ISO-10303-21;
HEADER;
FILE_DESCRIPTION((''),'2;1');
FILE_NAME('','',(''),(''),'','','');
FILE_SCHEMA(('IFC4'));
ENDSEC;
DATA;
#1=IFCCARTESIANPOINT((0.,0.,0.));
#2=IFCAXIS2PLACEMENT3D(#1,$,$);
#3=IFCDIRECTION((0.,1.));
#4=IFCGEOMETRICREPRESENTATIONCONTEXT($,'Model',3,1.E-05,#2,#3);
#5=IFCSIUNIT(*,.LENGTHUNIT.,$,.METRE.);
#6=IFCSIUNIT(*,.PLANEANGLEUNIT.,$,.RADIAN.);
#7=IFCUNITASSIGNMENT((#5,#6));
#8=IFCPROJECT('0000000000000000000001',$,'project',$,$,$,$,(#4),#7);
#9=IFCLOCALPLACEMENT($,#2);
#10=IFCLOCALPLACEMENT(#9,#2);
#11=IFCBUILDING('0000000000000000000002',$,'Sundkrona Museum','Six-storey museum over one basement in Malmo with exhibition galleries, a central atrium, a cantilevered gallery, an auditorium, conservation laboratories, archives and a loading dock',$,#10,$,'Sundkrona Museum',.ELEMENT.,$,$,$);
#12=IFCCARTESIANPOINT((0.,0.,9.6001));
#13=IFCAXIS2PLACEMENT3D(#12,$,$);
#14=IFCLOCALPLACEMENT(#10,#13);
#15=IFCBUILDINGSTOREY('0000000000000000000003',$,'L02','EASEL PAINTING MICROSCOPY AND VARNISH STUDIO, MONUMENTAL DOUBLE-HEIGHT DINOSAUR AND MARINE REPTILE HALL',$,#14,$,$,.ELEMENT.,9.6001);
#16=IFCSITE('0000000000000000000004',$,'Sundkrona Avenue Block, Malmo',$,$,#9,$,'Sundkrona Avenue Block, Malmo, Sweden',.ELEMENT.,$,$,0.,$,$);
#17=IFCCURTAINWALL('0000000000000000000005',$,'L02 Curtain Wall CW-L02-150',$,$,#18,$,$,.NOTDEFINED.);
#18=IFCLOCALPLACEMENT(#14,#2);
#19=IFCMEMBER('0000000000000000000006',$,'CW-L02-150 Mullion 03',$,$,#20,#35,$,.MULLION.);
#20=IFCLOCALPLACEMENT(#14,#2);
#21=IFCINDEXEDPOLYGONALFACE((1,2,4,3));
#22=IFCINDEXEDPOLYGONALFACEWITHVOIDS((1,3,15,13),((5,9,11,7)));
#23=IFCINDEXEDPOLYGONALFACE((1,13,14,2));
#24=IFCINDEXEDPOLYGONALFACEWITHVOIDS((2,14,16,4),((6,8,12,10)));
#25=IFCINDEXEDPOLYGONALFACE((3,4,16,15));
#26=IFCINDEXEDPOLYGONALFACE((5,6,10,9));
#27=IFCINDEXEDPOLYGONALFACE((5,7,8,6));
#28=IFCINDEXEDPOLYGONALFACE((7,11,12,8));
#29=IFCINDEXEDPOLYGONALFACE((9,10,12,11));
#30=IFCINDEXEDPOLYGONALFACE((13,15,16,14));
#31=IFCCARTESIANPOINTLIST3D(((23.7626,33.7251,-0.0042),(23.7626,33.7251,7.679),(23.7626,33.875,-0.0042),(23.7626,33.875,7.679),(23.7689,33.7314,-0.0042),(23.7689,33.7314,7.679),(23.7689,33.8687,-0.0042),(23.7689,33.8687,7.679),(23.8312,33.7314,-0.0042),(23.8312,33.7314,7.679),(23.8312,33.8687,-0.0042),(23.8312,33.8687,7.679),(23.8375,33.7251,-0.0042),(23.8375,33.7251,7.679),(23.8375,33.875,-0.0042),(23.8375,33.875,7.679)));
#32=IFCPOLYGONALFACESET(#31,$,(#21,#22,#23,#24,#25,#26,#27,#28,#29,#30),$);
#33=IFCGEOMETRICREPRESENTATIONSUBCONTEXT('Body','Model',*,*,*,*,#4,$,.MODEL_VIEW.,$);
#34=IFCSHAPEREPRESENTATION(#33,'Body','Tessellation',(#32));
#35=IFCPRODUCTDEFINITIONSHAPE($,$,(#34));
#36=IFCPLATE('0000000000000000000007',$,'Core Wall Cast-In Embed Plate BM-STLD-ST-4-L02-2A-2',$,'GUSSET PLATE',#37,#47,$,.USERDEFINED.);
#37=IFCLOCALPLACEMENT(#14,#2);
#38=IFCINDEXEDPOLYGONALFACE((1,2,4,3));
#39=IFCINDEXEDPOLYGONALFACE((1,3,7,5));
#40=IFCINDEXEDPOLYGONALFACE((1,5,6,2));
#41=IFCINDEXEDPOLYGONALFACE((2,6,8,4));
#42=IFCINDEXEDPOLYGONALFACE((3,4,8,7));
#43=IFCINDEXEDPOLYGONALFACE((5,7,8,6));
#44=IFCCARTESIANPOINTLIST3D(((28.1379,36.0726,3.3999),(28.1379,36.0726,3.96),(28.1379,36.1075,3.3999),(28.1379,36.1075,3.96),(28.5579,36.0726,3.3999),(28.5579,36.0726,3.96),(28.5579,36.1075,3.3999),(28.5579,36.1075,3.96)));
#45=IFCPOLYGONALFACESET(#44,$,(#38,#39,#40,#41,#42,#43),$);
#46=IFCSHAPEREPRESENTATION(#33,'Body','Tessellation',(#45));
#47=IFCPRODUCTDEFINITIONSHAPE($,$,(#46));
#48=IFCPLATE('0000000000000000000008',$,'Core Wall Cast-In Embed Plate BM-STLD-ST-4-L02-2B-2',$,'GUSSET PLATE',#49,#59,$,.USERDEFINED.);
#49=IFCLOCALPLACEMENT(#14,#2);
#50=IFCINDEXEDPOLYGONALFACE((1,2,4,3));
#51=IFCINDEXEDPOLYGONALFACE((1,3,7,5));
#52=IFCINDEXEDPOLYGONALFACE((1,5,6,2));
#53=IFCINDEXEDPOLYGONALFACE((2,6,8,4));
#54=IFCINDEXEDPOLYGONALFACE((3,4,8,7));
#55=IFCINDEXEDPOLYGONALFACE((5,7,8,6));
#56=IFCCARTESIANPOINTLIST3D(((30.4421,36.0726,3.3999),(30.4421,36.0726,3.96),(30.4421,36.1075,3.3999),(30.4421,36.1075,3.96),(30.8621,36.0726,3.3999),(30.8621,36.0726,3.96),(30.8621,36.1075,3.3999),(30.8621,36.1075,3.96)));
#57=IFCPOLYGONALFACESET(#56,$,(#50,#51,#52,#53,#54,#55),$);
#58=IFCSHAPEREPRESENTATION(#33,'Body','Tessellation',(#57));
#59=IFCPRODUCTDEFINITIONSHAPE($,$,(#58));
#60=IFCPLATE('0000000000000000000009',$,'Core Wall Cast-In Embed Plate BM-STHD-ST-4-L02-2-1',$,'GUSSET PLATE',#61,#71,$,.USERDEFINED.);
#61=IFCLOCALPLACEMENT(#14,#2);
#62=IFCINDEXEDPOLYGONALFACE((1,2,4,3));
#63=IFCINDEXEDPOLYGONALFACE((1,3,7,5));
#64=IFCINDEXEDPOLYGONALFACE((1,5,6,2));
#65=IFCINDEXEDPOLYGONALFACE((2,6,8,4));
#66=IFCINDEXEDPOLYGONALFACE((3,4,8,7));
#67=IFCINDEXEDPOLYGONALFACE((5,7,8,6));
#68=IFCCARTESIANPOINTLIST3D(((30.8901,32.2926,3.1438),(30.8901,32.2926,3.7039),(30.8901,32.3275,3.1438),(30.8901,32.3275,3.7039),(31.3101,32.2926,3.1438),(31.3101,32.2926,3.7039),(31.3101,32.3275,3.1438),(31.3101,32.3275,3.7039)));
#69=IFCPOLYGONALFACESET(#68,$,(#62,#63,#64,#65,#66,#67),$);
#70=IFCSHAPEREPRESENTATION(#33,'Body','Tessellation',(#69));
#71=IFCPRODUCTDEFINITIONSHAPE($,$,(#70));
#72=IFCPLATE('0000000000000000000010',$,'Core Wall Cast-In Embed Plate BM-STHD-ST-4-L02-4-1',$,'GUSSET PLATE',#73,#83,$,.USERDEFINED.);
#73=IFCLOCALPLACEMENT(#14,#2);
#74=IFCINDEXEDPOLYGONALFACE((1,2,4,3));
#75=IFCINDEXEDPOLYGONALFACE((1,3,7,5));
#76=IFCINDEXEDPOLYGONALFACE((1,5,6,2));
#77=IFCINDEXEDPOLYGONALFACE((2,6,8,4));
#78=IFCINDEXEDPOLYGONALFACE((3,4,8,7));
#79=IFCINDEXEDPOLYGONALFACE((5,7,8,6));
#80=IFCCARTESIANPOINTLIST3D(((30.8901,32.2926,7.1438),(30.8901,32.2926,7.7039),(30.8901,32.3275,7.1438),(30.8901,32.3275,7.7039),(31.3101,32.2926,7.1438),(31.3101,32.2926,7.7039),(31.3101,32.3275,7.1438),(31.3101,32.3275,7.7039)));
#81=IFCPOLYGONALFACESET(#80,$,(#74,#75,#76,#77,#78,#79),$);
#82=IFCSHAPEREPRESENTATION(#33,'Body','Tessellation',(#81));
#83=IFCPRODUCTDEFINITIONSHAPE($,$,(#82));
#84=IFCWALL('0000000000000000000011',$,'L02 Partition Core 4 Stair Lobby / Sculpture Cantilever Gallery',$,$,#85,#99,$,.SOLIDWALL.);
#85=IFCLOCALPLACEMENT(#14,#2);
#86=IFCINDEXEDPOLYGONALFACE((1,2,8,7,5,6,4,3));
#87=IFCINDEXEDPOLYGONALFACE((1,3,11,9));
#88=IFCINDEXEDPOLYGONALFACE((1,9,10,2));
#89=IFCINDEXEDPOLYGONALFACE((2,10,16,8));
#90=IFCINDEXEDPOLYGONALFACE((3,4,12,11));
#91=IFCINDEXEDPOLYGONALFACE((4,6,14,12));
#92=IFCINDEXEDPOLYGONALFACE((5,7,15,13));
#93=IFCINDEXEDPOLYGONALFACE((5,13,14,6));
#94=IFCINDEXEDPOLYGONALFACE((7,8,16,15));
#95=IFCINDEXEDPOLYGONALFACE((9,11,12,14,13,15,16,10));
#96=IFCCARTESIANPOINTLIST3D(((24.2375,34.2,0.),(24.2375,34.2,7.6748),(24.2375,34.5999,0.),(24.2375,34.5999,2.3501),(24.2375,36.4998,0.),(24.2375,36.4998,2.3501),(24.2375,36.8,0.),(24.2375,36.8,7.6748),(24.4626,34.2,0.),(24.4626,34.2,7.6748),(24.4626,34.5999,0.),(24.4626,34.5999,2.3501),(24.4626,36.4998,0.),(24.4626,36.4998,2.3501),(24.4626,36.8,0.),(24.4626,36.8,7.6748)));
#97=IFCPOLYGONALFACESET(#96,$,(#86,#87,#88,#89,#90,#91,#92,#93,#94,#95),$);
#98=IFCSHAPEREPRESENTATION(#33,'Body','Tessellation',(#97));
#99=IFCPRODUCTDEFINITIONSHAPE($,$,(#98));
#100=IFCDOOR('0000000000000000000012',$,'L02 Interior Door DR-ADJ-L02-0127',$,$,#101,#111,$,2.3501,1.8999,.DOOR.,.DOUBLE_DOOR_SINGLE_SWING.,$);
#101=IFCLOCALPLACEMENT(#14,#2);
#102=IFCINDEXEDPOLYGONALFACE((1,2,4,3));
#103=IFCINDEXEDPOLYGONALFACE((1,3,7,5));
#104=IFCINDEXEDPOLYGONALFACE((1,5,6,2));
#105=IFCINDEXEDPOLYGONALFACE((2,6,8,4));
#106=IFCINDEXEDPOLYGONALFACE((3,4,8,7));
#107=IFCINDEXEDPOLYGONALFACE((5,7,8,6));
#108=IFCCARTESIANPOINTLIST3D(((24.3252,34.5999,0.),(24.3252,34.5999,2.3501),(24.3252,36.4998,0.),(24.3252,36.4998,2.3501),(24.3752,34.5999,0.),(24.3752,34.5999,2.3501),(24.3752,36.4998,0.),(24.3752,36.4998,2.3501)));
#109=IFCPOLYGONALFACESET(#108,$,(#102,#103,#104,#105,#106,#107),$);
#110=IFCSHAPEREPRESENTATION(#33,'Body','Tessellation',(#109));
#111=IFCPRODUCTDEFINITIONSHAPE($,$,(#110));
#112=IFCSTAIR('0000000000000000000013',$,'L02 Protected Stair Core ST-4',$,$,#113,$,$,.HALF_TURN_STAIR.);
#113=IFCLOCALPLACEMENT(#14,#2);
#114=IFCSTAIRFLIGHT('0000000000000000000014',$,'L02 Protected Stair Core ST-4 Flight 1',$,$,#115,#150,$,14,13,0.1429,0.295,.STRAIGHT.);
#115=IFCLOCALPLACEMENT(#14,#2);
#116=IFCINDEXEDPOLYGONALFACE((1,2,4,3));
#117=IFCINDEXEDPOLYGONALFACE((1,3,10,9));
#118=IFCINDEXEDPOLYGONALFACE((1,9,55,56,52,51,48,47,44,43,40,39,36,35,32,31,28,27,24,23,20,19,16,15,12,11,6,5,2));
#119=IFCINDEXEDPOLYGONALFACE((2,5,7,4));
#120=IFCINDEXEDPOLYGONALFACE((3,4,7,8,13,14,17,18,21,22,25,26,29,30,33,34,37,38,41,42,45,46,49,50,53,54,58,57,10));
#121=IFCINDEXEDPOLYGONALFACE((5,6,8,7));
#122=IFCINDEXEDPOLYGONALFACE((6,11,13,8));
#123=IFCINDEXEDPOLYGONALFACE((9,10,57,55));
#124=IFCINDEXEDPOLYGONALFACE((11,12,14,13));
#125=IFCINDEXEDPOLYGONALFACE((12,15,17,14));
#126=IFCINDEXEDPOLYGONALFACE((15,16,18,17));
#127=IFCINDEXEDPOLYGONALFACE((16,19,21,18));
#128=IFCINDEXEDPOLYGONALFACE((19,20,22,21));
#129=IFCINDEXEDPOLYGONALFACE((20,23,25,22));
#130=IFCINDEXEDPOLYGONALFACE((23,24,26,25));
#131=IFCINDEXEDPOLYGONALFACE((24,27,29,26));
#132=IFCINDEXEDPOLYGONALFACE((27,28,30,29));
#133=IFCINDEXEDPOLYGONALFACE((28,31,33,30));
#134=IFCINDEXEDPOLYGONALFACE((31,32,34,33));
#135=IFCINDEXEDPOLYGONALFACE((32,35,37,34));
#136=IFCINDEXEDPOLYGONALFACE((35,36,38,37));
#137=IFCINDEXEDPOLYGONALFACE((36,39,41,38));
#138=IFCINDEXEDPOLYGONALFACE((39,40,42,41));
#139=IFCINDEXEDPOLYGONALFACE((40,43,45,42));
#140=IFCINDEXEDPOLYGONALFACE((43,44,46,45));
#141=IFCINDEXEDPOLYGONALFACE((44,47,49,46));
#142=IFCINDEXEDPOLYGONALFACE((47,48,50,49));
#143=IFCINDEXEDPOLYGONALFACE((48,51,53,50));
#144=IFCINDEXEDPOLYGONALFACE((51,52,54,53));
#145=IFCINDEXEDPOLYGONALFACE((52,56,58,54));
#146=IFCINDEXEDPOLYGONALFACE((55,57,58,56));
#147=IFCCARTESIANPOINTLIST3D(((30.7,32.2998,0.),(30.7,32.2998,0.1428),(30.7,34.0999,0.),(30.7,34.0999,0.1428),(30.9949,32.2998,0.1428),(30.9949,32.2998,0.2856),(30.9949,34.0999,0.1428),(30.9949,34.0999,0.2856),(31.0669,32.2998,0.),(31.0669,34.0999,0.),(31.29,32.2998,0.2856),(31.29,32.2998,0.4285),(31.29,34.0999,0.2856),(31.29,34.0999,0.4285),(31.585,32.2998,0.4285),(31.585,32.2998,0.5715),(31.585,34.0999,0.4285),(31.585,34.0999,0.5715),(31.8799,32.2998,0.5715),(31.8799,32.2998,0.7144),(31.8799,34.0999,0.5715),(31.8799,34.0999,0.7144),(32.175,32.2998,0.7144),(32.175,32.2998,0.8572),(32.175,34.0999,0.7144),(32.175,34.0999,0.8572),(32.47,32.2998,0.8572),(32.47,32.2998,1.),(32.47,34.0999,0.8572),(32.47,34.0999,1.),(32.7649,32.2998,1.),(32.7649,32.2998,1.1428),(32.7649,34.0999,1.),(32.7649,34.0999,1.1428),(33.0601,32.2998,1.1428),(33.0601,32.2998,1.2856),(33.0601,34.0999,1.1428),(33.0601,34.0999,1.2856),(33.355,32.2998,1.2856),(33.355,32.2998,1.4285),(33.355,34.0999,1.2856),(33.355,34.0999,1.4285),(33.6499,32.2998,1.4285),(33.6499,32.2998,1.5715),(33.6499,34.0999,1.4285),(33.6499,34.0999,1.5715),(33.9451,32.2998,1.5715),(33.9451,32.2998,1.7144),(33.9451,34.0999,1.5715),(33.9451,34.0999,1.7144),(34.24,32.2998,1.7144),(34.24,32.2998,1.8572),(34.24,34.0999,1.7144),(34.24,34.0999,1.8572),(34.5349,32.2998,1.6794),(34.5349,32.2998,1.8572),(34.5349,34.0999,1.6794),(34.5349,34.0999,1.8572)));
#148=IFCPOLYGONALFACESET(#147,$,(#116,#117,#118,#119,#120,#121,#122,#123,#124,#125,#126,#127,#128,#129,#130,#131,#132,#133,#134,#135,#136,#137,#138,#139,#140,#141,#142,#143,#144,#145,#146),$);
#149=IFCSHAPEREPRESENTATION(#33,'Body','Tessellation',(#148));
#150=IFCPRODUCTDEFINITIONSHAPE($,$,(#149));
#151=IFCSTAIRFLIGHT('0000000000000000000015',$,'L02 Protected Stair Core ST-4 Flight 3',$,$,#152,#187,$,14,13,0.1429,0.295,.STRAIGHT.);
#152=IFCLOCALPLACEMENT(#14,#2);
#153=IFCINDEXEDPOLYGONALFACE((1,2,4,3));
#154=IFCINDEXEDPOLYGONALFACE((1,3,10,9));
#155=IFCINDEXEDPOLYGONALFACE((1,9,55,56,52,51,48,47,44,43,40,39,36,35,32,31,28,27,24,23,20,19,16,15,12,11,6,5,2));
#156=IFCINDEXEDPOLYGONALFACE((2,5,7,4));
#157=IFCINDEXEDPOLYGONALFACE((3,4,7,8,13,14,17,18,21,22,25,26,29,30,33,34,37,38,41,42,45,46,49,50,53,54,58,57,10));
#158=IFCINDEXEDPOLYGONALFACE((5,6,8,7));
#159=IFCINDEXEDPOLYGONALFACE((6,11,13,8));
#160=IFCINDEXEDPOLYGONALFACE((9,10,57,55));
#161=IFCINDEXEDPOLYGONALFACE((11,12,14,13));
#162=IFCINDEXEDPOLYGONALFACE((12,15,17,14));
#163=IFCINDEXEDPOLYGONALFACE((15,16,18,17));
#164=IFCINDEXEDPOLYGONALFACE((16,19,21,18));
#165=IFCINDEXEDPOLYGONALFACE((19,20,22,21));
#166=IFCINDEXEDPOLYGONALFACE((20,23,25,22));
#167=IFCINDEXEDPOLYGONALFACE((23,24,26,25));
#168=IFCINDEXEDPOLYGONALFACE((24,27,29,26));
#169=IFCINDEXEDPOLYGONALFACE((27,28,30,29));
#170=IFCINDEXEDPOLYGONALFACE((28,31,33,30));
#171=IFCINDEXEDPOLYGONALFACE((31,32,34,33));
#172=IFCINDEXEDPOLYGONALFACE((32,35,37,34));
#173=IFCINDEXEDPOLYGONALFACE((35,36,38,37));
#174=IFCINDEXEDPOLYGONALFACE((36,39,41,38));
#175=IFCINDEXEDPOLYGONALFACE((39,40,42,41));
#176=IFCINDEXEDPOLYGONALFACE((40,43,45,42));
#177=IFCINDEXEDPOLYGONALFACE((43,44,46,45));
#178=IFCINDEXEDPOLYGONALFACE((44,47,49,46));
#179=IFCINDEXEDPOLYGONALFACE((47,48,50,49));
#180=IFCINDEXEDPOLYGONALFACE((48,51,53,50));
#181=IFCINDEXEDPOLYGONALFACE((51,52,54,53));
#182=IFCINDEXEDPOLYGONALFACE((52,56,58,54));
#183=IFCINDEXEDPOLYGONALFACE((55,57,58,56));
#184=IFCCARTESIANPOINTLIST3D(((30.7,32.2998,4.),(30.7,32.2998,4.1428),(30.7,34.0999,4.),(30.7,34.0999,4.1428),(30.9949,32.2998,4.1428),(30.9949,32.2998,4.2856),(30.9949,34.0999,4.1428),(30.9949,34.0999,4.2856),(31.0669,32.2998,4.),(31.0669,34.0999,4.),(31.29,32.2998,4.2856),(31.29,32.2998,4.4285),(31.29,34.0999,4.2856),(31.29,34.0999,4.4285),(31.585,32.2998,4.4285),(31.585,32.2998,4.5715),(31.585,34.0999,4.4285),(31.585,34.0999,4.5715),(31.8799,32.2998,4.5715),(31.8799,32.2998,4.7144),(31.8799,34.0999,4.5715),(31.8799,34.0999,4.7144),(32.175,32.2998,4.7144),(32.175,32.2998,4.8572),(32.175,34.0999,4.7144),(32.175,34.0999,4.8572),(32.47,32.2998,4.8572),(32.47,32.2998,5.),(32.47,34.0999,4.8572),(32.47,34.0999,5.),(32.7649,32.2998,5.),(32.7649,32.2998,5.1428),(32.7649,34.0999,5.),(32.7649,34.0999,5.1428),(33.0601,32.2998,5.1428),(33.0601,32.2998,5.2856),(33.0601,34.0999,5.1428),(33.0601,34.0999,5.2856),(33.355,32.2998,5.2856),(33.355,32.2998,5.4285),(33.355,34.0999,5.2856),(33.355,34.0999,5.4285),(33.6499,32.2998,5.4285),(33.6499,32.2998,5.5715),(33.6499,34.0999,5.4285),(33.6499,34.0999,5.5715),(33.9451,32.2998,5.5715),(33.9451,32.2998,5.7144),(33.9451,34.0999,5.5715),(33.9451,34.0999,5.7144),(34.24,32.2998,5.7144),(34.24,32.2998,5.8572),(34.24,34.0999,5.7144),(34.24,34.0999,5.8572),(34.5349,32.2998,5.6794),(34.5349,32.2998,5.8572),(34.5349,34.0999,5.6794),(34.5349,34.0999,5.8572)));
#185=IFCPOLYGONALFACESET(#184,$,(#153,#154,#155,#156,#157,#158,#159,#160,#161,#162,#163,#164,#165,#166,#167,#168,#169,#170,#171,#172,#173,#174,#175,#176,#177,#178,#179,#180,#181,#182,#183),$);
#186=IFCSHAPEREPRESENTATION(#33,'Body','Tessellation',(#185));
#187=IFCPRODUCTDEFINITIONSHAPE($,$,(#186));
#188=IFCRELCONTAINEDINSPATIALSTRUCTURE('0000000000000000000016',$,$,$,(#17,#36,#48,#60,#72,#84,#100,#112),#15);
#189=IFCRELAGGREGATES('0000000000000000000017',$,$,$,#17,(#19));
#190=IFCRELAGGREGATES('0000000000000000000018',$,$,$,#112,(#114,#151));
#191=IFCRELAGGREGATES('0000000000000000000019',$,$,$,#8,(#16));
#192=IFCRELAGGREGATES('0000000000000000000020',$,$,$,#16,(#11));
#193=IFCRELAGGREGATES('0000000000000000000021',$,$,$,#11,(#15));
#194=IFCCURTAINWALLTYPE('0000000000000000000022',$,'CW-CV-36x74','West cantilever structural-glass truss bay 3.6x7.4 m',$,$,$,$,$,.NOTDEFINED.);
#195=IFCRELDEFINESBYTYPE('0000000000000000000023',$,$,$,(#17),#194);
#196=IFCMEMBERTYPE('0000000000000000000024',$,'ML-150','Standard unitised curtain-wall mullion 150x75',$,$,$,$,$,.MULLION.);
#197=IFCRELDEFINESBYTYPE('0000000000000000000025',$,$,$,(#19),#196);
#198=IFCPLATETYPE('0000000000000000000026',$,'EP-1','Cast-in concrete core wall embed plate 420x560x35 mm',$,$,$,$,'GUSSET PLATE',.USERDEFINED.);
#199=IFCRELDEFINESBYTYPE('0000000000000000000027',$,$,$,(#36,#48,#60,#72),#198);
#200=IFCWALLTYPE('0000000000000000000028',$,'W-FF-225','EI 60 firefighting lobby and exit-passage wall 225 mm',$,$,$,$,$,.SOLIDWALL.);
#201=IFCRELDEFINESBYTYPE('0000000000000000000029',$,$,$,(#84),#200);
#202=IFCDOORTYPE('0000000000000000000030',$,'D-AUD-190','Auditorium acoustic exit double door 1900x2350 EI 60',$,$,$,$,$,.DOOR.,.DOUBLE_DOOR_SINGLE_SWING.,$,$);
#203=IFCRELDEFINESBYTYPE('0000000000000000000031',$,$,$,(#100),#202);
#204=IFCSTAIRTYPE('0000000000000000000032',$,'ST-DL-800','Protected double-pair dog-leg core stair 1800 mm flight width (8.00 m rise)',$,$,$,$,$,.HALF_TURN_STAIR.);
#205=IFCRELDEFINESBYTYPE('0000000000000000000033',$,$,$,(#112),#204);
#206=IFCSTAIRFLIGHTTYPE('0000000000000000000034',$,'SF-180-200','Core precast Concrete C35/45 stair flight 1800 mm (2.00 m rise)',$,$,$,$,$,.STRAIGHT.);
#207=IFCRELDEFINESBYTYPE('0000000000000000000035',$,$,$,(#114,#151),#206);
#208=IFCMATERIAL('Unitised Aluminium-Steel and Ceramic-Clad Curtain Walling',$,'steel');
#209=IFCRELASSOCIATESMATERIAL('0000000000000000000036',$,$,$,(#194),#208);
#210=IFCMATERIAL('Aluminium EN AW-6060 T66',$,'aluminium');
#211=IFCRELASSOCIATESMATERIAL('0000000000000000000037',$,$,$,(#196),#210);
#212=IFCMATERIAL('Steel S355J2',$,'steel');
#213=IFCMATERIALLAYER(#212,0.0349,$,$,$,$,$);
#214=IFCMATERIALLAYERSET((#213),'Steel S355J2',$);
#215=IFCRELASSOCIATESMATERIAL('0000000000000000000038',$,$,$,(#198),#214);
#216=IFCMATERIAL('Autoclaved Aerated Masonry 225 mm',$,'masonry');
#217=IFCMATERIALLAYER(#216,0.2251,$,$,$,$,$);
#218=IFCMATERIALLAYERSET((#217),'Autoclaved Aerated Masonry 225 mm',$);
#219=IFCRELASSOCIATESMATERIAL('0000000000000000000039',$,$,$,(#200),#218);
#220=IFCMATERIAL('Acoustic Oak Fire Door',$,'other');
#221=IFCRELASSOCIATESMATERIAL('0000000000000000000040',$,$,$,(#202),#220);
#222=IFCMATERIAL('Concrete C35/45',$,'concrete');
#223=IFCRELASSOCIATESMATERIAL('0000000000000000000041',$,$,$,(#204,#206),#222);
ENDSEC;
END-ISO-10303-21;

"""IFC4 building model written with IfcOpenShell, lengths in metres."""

from ifc_helpers import new_model, si_unit, direction, frame, frame_2d, origin, origin_2d, place, context, subcontext, project, spatial, polyline, rectangle, hollow_rectangle, outline, extrude, material, layer, layer_set, material_profile, profile_set, type_object, element, fill, aggregate, save


model = new_model("IFC4")

# Units and contexts
model_context = context("Model", 3, precision=1e-05, world=origin(), true_north=direction((0.0, 1.0)))
body_context = subcontext(model_context, "Body", "Model", "MODEL_VIEW")
ifc_project = project(units=[si_unit("LENGTHUNIT", "METRE"), si_unit("PLANEANGLEUNIT", "RADIAN")], contexts=[model_context])

# Site, building, storey
site_placement = place(None, origin())
site = spatial("IfcSite", under=ifc_project, at=site_placement, Name="Sundkrona Avenue Block, Malmo", LongName="Sundkrona Avenue Block, Malmo, Sweden", CompositionType="ELEMENT", RefElevation=0.0)
building_placement = place(site_placement, origin())
building = spatial("IfcBuilding", under=site, at=building_placement, Name="Sundkrona Museum", Description="Six-storey museum over one basement in Malmo with exhibition galleries, a central atrium, a cantilevered gallery, an auditorium, conservation laboratories, archives and a loading dock", LongName="Sundkrona Museum", CompositionType="ELEMENT")
storey_placement = place(building_placement, frame((0.0, 0.0, 9.6001)))
storey = spatial("IfcBuildingStorey", under=building, at=storey_placement, Name="L02", Description="EASEL PAINTING MICROSCOPY AND VARNISH STUDIO, MONUMENTAL DOUBLE-HEIGHT DINOSAUR AND MARINE REPTILE HALL", CompositionType="ELEMENT", Elevation=9.6001)

# Shared definitions
ifc_material_1 = material(Name="Steel S355J2", Category="steel")

# Curtain wall, member
ifc_material_2 = material(Name="Unitised Aluminium-Steel and Ceramic-Clad Curtain Walling", Category="steel")
curtain_wall_type = type_object("IfcCurtainWallType", Name="CW-CV-36x74", Description="West cantilever structural-glass truss bay 3.6x7.4 m", PredefinedType="NOTDEFINED", material=ifc_material_2)
curtain_wall_placement = place(storey_placement, origin())
curtain_wall = element("IfcCurtainWall", 1, at=curtain_wall_placement, inside=storey, type_object=curtain_wall_type, Name="L02 Curtain Wall CW-L02-150", PredefinedType="NOTDEFINED")
ifc_material_3 = material(Name="Aluminium EN AW-6060 T66", Category="aluminium")
ifc_material_profile_1 = material_profile(ifc_material_3, hollow_rectangle(XDim=0.075, YDim=0.1499, WallThickness=0.0063, at=origin_2d()), Name="RHS 150x75x6.3")
ifc_profile_set_1 = profile_set([ifc_material_profile_1], Name="Aluminium EN AW-6060 T66")
member_type_1 = type_object("IfcMemberType", Name="ML-150", Description="Standard unitised curtain-wall mullion 150x75", PredefinedType="MULLION", material=ifc_profile_set_1)
member_1_placement = place(storey_placement, frame((23.8, 33.8, -0.0042), z_axis=(0.0, 0.0, 1.0), x_axis=(1.0, 0.0, 0.0)))
member_1 = element("IfcMember", 2, at=member_1_placement, type_object=member_type_1, Name="CW-L02-150 Mullion 03", PredefinedType="MULLION", context=body_context, shape_type="SweptSolid", body=[
    extrude(hollow_rectangle(XDim=0.075, YDim=0.1499, WallThickness=0.0063, at=origin_2d()), origin(), (0.0, 0.0, 1.0), 7.6831),
])
aggregate(curtain_wall, [member_1])

# Plates
ifc_layer_1 = layer(ifc_material_1, 0.0349)
ifc_layer_set_1 = layer_set([ifc_layer_1], Name="Steel S355J2")
plate_type = type_object("IfcPlateType", Name="EP-1", Description="Cast-in concrete core wall embed plate 420x560x35 mm", ElementType="GUSSET PLATE", PredefinedType="USERDEFINED", material=ifc_layer_set_1)
for number, where, z_axis, x_axis, name in (
    (3, (28.3479, 36.0901, 3.3999), (0.0, 0.0, 1.0), (1.0, 0.0, 0.0), "Core Wall Cast-In Embed Plate BM-STLD-ST-4-L02-2A-2"),
    (4, (30.6521, 36.0901, 3.3999), (0.0, 0.0, 1.0), (1.0, 0.0, 0.0), "Core Wall Cast-In Embed Plate BM-STLD-ST-4-L02-2B-2"),
    (5, (31.1001, 32.3101, 3.1438), (0.0, 0.0, 1.0), (1.0, 0.0, 0.0), "Core Wall Cast-In Embed Plate BM-STHD-ST-4-L02-2-1"),
    (6, (31.1001, 32.3101, 7.1438), (0.0, 0.0, 1.0), (1.0, 0.0, 0.0), "Core Wall Cast-In Embed Plate BM-STHD-ST-4-L02-4-1"),
):
    element("IfcPlate", number, at=place(storey_placement, frame(where, z_axis=z_axis, x_axis=x_axis)), inside=storey, type_object=plate_type, Name=name, ObjectType="GUSSET PLATE", PredefinedType="USERDEFINED", context=body_context, shape_type="SweptSolid", body=[
        extrude(rectangle(XDim=0.4199, YDim=0.0349, at=origin_2d()), origin(), (0.0, 0.0, 1.0), 0.5601),
    ])

# Wall, opening, door
ifc_material_4 = material(Name="Autoclaved Aerated Masonry 225 mm", Category="masonry")
ifc_layer_2 = layer(ifc_material_4, 0.2251)
ifc_layer_set_2 = layer_set([ifc_layer_2], Name="Autoclaved Aerated Masonry 225 mm")
wall_type = type_object("IfcWallType", Name="W-FF-225", Description="EI 60 firefighting lobby and exit-passage wall 225 mm", PredefinedType="SOLIDWALL", material=ifc_layer_set_2)
wall_placement = place(storey_placement, frame((24.3501, 34.2, 0.0), z_axis=(0.0, 0.0, 1.0), x_axis=(0.0, 1.0, 0.0)))
wall = element("IfcWall", 7, at=wall_placement, inside=storey, type_object=wall_type, Name="L02 Partition Core 4 Stair Lobby / Sculpture Cantilever Gallery", PredefinedType="SOLIDWALL", context=body_context, shape_type="SweptSolid", body=[
    extrude(rectangle(XDim=2.6001, YDim=0.2251, at=frame_2d((1.3, 0.0))), origin(), (0.0, 0.0, 1.0), 7.6748),
])
opening_placement = place(wall_placement, frame((0.3999, 0.0, 0.0)))
opening = element("IfcOpeningElement", 8, at=opening_placement, cuts=wall, PredefinedType="OPENING", context=body_context, shape_type="SweptSolid", body=[
    extrude(rectangle(XDim=1.8999, YDim=2.3501, at=frame_2d((0.95, 1.175))), frame((0.0, 0.1226, 0.0), z_axis=(0.0, -1.0, 0.0), x_axis=(1.0, 0.0, 0.0)), (0.0, 0.0, 1.0), 0.2451),
])
ifc_material_5 = material(Name="Acoustic Oak Fire Door", Category="other")
door_type = type_object("IfcDoorType", Name="D-AUD-190", Description="Auditorium acoustic exit double door 1900x2350 EI 60", OperationType="DOUBLE_DOOR_SINGLE_SWING", PredefinedType="DOOR", material=ifc_material_5)
door_placement = place(opening_placement, origin())
door = element("IfcDoor", 9, at=door_placement, inside=storey, type_object=door_type, Name="L02 Interior Door DR-ADJ-L02-0127", OperationType="DOUBLE_DOOR_SINGLE_SWING", OverallHeight=2.3501, OverallWidth=1.8999, PredefinedType="DOOR", context=body_context, shape_type="SweptSolid", body=[
    extrude(rectangle(XDim=1.8999, YDim=2.3501, at=frame_2d((0.95, 1.175))), frame((0.0, 0.0249, 0.0), z_axis=(0.0, -1.0, 0.0), x_axis=(1.0, 0.0, 0.0)), (0.0, 0.0, 1.0), 0.05),
])
fill(opening, door)

# Stair, stair flights
ifc_material_6 = material(Name="Concrete C35/45", Category="concrete")
stair_type = type_object("IfcStairType", Name="ST-DL-800", Description="Protected double-pair dog-leg core stair 1800 mm flight width (8.00 m rise)", PredefinedType="HALF_TURN_STAIR", material=ifc_material_6)
stair_placement = place(storey_placement, origin())
stair = element("IfcStair", 10, at=stair_placement, inside=storey, type_object=stair_type, Name="L02 Protected Stair Core ST-4", PredefinedType="HALF_TURN_STAIR")
stair_flight_type = type_object("IfcStairFlightType", Name="SF-180-200", Description="Core precast Concrete C35/45 stair flight 1800 mm (2.00 m rise)", PredefinedType="STRAIGHT", material=ifc_material_6)
stair_flight_1_placement = place(storey_placement, frame((30.7, 33.2, 0.0), z_axis=(0.0, 0.0, 1.0), x_axis=(1.0, 0.0, 0.0)))
stair_flight_1 = element("IfcStairFlight", 11, at=stair_flight_1_placement, type_object=stair_flight_type, Name="L02 Protected Stair Core ST-4 Flight 1", NumberOfRisers=14, NumberOfTreads=13, PredefinedType="STRAIGHT", RiserHeight=0.1429, TreadLength=0.295, context=body_context, shape_type="SweptSolid", body=[
    extrude(outline(polyline([(0.0, 0.0), (0.0, 0.1428), (0.2949, 0.1428), (0.2949, 0.2856), (0.5901, 0.2856), (0.5901, 0.4285), (0.885, 0.4285), (0.885, 0.5715), (1.1799, 0.5715), (1.1799, 0.7144), (1.4751, 0.7144), (1.4751, 0.8572), (1.77, 0.8572), (1.77, 1.0), (2.0649, 1.0), (2.0649, 1.1428), (2.3601, 1.1428), (2.3601, 1.2856), (2.655, 1.2856), (2.655, 1.4285), (2.95, 1.4285), (2.95, 1.5715), (3.2451, 1.5715), (3.2451, 1.7144), (3.54, 1.7144), (3.54, 1.8572), (3.835, 1.8572), (3.835, 2.0), (3.835, 1.6794), (0.3669, 0.0), (0.0, 0.0)])), frame((0.0, 0.8999, 0.0), z_axis=(0.0, -1.0, 0.0), x_axis=(1.0, 0.0, 0.0)), (0.0, 0.0, 1.0), 1.8),
])
stair_flight_2_placement = place(storey_placement, frame((30.7, 33.2, 4.0), z_axis=(0.0, 0.0, 1.0), x_axis=(1.0, 0.0, 0.0)))
stair_flight_2 = element("IfcStairFlight", 12, at=stair_flight_2_placement, type_object=stair_flight_type, Name="L02 Protected Stair Core ST-4 Flight 3", NumberOfRisers=14, NumberOfTreads=13, PredefinedType="STRAIGHT", RiserHeight=0.1429, TreadLength=0.295, context=body_context, shape_type="SweptSolid", body=[
    extrude(outline(polyline([(0.0, 0.0), (0.0, 0.1428), (0.2949, 0.1428), (0.2949, 0.2856), (0.5901, 0.2856), (0.5901, 0.4285), (0.885, 0.4285), (0.885, 0.5715), (1.1799, 0.5715), (1.1799, 0.7144), (1.4751, 0.7144), (1.4751, 0.8572), (1.77, 0.8572), (1.77, 1.0), (2.0649, 1.0), (2.0649, 1.1428), (2.3601, 1.1428), (2.3601, 1.2856), (2.655, 1.2856), (2.655, 1.4285), (2.95, 1.4285), (2.95, 1.5715), (3.2451, 1.5715), (3.2451, 1.7144), (3.54, 1.7144), (3.54, 1.8572), (3.835, 1.8572), (3.835, 2.0), (3.835, 1.6794), (0.3669, 0.0), (0.0, 0.0)])), frame((0.0, 0.8999, 0.0), z_axis=(0.0, -1.0, 0.0), x_axis=(1.0, 0.0, 0.0)), (0.0, 0.0, 1.0), 1.8),
])
aggregate(stair, [stair_flight_1, stair_flight_2])

save(model, "model.ifc")
